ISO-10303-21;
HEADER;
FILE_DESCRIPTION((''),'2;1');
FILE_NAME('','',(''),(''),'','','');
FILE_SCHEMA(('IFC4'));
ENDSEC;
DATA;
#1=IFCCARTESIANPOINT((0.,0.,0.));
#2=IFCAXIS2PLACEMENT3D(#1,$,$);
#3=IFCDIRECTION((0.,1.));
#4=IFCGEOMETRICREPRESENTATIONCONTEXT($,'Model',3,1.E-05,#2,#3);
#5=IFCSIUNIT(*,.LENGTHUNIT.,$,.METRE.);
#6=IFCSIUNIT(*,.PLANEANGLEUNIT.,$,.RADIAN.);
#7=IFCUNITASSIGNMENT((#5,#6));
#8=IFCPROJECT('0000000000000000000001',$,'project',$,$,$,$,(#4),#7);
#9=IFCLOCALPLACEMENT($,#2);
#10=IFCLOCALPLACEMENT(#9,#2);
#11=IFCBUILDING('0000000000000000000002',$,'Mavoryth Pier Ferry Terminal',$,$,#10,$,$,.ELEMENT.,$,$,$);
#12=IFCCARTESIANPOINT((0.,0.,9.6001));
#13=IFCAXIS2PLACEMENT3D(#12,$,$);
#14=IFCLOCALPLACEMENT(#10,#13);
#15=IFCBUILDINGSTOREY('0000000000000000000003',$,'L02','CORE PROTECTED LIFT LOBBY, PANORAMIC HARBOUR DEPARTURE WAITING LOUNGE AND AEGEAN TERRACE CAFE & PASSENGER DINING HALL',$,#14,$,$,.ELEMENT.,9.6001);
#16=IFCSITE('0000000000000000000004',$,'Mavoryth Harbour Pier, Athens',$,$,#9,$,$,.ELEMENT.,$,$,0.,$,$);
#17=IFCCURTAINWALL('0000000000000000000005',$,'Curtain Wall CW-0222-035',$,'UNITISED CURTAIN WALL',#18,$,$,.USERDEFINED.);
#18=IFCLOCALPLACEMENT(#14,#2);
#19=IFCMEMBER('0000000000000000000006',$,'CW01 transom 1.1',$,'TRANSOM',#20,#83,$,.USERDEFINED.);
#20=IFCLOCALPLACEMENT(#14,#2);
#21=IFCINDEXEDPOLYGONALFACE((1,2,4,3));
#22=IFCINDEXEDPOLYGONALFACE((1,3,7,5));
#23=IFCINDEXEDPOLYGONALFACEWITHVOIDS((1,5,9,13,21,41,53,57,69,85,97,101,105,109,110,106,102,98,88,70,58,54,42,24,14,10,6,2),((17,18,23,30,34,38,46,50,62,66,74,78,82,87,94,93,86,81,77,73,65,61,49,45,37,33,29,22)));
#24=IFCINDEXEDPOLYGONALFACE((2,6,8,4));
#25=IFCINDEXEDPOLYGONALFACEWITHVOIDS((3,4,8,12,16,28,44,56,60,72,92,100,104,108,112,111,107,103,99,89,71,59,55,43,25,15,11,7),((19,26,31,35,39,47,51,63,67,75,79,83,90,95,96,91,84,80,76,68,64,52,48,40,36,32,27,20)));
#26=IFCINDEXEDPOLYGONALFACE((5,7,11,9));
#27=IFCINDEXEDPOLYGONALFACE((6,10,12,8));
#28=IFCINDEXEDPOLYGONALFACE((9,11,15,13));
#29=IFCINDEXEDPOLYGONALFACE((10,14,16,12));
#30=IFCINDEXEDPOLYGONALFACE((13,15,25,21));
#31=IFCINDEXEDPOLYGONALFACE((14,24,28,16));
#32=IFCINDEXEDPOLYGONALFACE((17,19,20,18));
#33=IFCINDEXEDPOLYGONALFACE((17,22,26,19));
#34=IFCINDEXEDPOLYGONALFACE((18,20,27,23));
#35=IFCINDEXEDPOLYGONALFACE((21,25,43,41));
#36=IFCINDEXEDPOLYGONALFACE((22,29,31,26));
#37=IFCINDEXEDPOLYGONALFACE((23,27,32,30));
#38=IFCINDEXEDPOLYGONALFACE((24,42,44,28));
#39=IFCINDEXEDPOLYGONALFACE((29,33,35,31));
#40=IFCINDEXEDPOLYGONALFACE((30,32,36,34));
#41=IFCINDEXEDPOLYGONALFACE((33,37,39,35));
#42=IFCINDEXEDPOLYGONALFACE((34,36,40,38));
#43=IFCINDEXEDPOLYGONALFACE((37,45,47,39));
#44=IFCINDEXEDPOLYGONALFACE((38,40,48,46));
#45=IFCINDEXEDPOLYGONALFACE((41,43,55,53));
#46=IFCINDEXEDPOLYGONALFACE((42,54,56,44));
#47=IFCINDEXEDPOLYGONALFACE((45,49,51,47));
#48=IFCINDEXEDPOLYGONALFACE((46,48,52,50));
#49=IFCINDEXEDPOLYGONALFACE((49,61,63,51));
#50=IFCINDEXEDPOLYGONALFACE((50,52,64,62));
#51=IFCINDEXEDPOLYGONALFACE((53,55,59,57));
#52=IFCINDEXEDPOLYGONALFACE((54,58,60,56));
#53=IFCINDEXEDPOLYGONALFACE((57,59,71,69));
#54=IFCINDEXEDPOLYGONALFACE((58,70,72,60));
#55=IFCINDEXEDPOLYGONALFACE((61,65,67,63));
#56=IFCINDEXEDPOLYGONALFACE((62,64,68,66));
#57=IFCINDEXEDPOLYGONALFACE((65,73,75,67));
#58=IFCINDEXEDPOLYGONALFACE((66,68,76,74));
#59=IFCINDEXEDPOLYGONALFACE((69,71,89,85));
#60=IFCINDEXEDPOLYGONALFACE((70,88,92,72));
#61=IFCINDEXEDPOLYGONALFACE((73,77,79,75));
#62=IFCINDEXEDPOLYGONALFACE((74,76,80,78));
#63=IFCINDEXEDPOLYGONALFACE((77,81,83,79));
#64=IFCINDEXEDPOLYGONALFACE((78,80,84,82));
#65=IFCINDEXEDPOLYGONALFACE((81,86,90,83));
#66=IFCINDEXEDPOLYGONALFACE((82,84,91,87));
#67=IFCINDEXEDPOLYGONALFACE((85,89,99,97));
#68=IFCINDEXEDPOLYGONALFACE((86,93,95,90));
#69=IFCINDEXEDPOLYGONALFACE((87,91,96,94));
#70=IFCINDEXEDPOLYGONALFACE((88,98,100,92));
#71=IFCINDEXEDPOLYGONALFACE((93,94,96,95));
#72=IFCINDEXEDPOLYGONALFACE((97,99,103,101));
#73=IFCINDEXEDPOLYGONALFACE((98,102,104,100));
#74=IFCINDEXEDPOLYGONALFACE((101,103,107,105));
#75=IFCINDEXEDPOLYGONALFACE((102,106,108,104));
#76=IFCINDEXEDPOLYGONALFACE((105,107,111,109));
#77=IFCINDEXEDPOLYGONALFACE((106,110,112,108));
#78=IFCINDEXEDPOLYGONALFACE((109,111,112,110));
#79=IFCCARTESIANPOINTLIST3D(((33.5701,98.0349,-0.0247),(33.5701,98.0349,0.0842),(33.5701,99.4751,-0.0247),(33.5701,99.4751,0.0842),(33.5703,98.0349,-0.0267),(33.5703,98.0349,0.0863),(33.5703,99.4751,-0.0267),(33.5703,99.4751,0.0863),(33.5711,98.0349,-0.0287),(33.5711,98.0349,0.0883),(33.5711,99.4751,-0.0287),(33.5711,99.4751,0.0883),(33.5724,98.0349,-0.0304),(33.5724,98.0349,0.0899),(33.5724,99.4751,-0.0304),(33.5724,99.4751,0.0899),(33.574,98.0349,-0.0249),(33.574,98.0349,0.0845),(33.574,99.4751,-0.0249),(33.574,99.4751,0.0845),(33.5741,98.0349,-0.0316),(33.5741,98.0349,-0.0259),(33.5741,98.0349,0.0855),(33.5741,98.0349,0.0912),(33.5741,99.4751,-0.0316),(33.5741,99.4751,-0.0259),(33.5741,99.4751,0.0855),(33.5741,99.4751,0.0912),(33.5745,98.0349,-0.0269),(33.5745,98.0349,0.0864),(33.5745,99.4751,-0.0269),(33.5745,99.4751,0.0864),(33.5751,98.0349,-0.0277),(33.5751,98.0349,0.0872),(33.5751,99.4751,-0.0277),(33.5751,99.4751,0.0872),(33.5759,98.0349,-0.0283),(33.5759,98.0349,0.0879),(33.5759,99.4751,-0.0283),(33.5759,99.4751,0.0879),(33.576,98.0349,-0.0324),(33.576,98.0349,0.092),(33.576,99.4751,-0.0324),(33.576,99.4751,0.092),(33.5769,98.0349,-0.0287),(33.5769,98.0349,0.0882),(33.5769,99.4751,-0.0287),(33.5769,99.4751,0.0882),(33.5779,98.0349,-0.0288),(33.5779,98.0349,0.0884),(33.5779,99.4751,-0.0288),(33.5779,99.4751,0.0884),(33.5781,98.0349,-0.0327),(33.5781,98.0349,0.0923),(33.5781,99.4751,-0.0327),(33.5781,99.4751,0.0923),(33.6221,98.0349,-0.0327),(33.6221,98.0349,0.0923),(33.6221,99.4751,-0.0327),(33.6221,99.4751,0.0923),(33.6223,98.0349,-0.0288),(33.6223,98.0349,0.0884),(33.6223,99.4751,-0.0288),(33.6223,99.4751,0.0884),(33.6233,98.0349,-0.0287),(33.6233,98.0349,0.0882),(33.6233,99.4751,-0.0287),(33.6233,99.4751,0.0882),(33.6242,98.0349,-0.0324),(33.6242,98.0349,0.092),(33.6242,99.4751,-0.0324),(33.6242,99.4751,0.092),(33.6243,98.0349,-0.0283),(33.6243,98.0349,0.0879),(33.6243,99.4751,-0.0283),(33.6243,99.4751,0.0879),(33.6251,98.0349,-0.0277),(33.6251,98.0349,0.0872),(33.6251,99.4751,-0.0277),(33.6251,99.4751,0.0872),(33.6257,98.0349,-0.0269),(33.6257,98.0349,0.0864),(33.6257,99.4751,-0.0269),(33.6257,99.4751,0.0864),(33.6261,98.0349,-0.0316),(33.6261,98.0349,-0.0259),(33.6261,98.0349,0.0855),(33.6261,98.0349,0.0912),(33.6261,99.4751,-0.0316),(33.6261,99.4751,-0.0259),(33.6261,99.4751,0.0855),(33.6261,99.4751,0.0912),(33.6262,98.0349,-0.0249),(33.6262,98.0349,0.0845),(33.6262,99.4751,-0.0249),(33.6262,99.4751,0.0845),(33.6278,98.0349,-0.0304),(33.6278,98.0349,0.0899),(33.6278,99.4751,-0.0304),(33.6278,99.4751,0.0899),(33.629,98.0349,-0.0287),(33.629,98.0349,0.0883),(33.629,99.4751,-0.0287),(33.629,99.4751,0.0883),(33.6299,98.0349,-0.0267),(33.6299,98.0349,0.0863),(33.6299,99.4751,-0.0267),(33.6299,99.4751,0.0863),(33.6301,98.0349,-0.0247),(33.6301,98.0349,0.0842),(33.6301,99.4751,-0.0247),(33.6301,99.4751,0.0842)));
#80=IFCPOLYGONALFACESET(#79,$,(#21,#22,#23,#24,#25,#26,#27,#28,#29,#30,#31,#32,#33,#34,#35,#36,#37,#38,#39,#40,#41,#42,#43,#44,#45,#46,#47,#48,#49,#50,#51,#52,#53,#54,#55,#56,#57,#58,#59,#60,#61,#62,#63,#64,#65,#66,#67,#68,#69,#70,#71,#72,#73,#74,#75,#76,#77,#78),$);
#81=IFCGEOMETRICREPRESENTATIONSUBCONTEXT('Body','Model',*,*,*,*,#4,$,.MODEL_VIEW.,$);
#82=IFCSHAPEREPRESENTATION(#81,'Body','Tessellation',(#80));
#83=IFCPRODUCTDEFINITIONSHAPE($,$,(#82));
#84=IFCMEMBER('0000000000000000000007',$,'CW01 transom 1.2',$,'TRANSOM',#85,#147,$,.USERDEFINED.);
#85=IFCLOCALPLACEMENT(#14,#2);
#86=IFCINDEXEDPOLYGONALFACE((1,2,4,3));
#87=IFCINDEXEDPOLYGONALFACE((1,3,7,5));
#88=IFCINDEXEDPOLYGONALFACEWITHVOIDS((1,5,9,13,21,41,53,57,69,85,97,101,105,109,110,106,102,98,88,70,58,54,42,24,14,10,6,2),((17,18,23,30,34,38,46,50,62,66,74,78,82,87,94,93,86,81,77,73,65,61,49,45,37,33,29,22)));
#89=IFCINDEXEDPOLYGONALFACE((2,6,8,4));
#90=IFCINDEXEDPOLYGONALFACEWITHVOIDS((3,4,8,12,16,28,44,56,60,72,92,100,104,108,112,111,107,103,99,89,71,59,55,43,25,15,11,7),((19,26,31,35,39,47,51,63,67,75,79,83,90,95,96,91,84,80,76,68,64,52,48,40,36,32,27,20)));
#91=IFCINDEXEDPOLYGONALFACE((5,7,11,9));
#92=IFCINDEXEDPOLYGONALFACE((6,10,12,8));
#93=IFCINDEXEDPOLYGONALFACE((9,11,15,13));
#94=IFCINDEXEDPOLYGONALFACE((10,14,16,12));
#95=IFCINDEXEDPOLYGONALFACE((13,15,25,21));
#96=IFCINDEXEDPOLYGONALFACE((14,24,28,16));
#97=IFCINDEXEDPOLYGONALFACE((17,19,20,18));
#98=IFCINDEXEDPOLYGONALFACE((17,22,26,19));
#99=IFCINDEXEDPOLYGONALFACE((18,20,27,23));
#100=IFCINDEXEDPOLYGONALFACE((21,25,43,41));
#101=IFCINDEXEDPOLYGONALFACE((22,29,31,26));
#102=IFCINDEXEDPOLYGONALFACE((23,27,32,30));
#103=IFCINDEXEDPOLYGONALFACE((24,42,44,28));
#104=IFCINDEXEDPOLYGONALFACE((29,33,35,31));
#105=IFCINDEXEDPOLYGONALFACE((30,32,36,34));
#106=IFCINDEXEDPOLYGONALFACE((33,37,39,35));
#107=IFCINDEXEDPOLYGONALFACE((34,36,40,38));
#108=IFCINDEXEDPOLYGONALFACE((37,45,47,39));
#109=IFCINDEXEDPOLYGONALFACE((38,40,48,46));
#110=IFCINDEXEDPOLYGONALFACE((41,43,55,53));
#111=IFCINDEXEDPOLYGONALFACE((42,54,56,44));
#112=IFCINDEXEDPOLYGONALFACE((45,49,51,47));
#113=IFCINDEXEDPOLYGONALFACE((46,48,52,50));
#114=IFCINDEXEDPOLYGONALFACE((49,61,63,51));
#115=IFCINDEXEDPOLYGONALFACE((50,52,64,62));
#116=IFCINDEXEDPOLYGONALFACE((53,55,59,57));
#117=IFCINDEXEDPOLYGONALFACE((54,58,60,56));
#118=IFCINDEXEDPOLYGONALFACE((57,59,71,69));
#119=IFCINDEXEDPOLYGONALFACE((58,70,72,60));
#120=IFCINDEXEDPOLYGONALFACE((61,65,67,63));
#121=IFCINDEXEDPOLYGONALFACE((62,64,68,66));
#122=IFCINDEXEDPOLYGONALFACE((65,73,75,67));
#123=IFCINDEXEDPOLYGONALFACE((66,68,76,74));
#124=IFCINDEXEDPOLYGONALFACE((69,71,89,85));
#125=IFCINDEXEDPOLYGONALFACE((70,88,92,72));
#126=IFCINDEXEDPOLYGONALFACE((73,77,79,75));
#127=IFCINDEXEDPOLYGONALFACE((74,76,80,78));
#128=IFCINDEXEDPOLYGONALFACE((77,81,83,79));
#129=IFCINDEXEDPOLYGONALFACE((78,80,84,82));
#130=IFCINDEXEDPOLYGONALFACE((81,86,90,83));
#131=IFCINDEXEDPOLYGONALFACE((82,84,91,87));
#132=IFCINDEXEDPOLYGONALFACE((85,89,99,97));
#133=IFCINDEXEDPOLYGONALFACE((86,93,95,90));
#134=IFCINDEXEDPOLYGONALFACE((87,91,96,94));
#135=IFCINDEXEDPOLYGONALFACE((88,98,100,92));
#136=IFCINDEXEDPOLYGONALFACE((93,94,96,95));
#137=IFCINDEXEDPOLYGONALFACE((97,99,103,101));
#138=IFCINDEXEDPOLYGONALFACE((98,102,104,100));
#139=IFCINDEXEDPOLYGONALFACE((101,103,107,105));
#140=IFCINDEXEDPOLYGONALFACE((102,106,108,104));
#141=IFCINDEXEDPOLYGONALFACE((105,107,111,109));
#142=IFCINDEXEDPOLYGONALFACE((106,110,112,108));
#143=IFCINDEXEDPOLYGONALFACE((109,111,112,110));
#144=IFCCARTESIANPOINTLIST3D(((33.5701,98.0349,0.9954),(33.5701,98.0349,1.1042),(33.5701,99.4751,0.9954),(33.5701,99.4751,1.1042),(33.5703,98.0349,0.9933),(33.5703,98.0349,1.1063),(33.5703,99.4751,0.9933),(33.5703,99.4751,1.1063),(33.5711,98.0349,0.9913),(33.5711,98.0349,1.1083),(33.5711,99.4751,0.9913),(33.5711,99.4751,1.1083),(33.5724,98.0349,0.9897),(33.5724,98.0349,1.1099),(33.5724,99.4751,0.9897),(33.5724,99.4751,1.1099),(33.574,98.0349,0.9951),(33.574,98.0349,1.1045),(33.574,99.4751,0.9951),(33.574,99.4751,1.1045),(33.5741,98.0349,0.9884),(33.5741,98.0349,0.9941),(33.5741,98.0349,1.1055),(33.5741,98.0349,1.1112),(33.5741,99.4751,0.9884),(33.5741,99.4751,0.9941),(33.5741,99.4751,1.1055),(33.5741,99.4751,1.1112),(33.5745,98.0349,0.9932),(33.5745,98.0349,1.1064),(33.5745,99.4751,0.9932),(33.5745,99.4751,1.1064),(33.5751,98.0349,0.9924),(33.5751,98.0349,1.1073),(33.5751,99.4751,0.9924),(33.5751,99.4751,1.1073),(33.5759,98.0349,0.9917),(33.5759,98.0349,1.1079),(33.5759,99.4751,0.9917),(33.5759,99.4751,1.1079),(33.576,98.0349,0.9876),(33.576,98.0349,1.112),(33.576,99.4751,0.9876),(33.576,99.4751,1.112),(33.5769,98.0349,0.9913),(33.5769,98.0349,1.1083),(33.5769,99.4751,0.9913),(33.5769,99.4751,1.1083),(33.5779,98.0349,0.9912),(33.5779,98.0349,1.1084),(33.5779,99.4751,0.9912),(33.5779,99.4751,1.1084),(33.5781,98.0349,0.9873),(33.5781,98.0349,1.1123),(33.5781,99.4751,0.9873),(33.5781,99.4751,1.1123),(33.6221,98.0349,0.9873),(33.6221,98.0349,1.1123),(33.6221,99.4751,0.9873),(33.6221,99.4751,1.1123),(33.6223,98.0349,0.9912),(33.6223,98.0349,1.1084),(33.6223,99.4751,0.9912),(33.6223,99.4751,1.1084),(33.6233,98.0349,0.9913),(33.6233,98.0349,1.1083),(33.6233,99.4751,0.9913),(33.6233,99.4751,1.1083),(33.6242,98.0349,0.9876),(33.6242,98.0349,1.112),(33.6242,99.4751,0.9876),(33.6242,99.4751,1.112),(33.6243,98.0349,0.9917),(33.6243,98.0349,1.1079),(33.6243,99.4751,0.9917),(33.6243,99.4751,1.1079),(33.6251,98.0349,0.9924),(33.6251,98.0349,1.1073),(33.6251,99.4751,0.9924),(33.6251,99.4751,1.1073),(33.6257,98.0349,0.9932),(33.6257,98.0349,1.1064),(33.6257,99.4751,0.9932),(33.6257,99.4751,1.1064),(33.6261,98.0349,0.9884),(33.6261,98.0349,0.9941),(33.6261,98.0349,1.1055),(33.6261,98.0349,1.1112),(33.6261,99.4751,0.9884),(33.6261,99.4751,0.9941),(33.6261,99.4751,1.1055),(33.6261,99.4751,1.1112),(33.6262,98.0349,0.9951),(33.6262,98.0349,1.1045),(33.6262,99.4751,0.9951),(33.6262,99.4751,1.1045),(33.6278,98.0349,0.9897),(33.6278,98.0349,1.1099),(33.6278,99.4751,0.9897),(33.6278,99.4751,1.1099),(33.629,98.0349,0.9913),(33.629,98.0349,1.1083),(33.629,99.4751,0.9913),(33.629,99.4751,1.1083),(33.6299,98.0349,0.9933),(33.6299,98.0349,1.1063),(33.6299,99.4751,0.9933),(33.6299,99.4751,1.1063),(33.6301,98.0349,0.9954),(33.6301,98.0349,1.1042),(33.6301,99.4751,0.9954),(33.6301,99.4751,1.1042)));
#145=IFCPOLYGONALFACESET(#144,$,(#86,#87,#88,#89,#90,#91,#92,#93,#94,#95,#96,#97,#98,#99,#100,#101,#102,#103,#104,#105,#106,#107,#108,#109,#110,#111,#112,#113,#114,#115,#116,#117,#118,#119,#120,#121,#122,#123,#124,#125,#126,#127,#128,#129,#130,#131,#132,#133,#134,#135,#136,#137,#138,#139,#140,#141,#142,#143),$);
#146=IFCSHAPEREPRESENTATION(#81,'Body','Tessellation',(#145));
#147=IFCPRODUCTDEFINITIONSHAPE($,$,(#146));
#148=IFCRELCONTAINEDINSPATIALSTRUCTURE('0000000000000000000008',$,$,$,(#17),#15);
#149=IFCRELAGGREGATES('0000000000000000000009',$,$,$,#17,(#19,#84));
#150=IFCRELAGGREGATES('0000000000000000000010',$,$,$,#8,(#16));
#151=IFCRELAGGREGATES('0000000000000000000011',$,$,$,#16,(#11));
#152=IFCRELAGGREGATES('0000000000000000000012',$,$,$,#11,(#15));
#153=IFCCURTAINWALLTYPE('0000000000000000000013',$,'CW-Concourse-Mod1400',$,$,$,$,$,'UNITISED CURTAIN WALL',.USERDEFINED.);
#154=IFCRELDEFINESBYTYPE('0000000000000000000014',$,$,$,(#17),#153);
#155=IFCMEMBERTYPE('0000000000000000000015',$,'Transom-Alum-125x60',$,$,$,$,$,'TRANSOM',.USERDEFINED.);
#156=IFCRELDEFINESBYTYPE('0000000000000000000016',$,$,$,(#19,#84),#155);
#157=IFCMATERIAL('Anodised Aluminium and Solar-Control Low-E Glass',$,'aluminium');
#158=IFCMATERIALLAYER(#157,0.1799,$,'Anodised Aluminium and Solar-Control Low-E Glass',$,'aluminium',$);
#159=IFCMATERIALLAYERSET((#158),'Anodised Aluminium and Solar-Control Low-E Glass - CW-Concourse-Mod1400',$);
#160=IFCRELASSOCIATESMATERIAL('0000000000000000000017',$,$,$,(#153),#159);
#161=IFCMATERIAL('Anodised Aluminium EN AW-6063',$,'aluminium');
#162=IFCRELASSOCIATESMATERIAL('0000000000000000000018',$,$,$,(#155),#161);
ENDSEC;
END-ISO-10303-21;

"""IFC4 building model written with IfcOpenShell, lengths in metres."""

from ifc_helpers import new_model, si_unit, direction, frame, origin, origin_2d, place, context, subcontext, project, spatial, hollow_rectangle, extrude, material, layer, layer_set, material_profile, profile_set, type_object, element, aggregate, save


model = new_model("IFC4")

# Units and contexts
model_context = context("Model", 3, precision=1e-05, world=origin(), true_north=direction((0.0, 1.0)))
body_context = subcontext(model_context, "Body", "Model", "MODEL_VIEW")
ifc_project = project(units=[si_unit("LENGTHUNIT", "METRE"), si_unit("PLANEANGLEUNIT", "RADIAN")], contexts=[model_context])

# Site, building, storey
site_placement = place(None, origin())
site = spatial("IfcSite", under=ifc_project, at=site_placement, Name="Mavoryth Harbour Pier, Athens", CompositionType="ELEMENT", RefElevation=0.0)
building_placement = place(site_placement, origin())
building = spatial("IfcBuilding", under=site, at=building_placement, Name="Mavoryth Pier Ferry Terminal", CompositionType="ELEMENT")
storey_placement = place(building_placement, frame((0.0, 0.0, 9.6001)))
storey = spatial("IfcBuildingStorey", under=building, at=storey_placement, Name="L02", Description="CORE PROTECTED LIFT LOBBY, PANORAMIC HARBOUR DEPARTURE WAITING LOUNGE AND AEGEAN TERRACE CAFE & PASSENGER DINING HALL", CompositionType="ELEMENT", Elevation=9.6001)

# Curtain wall
ifc_material_1 = material(Name="Anodised Aluminium and Solar-Control Low-E Glass", Category="aluminium")
ifc_layer_1 = layer(ifc_material_1, 0.1799, Name="Anodised Aluminium and Solar-Control Low-E Glass", Category="aluminium")
ifc_layer_set_1 = layer_set([ifc_layer_1], Name="Anodised Aluminium and Solar-Control Low-E Glass - CW-Concourse-Mod1400")
curtain_wall_type = type_object("IfcCurtainWallType", Name="CW-Concourse-Mod1400", ElementType="UNITISED CURTAIN WALL", PredefinedType="USERDEFINED", material=ifc_layer_set_1)
ifc_material_2 = material(Name="Anodised Aluminium EN AW-6063", Category="aluminium")
curtain_wall_1_placement = place(storey_placement, origin())
curtain_wall_1 = element("IfcCurtainWall", 1, at=curtain_wall_1_placement, inside=storey, type_object=curtain_wall_type, Name="Curtain Wall CW-0222-035", ObjectType="UNITISED CURTAIN WALL", PredefinedType="USERDEFINED")

# Members
ifc_material_profile_1 = material_profile(ifc_material_2, hollow_rectangle(XDim=0.0601, YDim=0.125, WallThickness=0.0039, InnerFilletRadius=0.0039, OuterFilletRadius=0.0081, at=origin_2d()), Name="AL-TRAN 125x60x4", Category="aluminium")
ifc_profile_set_1 = profile_set([ifc_material_profile_1], Name="Anodised Aluminium EN AW-6063 - AL-TRAN 125x60x4")
member_type_1 = type_object("IfcMemberType", Name="Transom-Alum-125x60", ElementType="TRANSOM", PredefinedType="USERDEFINED", material=ifc_profile_set_1)
member_1_placement = place(storey_placement, frame((33.6001, 98.0349, 0.0298), z_axis=(0.0, 1.0, 0.0), x_axis=(-1.0, 0.0, 0.0)))
member_1 = element("IfcMember", 2, at=member_1_placement, type_object=member_type_1, Name="CW01 transom 1.1", ObjectType="TRANSOM", PredefinedType="USERDEFINED", context=body_context, shape_type="SweptSolid", body=[
    extrude(hollow_rectangle(XDim=0.0601, YDim=0.125, WallThickness=0.0039, InnerFilletRadius=0.0039, OuterFilletRadius=0.0081, at=origin_2d()), origin(), (0.0, 0.0, 1.0), 1.4402),
])
member_2_placement = place(storey_placement, frame((33.6001, 98.0349, 1.0498), z_axis=(0.0, 1.0, 0.0), x_axis=(-1.0, 0.0, 0.0)))
member_2 = element("IfcMember", 3, at=member_2_placement, type_object=member_type_1, Name="CW01 transom 1.2", ObjectType="TRANSOM", PredefinedType="USERDEFINED", context=body_context, shape_type="SweptSolid", body=[
    extrude(hollow_rectangle(XDim=0.0601, YDim=0.125, WallThickness=0.0039, InnerFilletRadius=0.0039, OuterFilletRadius=0.0081, at=origin_2d()), origin(), (0.0, 0.0, 1.0), 1.4402),
])

aggregate(curtain_wall_1, [member_1, member_2])

save(model, "model.ifc")
